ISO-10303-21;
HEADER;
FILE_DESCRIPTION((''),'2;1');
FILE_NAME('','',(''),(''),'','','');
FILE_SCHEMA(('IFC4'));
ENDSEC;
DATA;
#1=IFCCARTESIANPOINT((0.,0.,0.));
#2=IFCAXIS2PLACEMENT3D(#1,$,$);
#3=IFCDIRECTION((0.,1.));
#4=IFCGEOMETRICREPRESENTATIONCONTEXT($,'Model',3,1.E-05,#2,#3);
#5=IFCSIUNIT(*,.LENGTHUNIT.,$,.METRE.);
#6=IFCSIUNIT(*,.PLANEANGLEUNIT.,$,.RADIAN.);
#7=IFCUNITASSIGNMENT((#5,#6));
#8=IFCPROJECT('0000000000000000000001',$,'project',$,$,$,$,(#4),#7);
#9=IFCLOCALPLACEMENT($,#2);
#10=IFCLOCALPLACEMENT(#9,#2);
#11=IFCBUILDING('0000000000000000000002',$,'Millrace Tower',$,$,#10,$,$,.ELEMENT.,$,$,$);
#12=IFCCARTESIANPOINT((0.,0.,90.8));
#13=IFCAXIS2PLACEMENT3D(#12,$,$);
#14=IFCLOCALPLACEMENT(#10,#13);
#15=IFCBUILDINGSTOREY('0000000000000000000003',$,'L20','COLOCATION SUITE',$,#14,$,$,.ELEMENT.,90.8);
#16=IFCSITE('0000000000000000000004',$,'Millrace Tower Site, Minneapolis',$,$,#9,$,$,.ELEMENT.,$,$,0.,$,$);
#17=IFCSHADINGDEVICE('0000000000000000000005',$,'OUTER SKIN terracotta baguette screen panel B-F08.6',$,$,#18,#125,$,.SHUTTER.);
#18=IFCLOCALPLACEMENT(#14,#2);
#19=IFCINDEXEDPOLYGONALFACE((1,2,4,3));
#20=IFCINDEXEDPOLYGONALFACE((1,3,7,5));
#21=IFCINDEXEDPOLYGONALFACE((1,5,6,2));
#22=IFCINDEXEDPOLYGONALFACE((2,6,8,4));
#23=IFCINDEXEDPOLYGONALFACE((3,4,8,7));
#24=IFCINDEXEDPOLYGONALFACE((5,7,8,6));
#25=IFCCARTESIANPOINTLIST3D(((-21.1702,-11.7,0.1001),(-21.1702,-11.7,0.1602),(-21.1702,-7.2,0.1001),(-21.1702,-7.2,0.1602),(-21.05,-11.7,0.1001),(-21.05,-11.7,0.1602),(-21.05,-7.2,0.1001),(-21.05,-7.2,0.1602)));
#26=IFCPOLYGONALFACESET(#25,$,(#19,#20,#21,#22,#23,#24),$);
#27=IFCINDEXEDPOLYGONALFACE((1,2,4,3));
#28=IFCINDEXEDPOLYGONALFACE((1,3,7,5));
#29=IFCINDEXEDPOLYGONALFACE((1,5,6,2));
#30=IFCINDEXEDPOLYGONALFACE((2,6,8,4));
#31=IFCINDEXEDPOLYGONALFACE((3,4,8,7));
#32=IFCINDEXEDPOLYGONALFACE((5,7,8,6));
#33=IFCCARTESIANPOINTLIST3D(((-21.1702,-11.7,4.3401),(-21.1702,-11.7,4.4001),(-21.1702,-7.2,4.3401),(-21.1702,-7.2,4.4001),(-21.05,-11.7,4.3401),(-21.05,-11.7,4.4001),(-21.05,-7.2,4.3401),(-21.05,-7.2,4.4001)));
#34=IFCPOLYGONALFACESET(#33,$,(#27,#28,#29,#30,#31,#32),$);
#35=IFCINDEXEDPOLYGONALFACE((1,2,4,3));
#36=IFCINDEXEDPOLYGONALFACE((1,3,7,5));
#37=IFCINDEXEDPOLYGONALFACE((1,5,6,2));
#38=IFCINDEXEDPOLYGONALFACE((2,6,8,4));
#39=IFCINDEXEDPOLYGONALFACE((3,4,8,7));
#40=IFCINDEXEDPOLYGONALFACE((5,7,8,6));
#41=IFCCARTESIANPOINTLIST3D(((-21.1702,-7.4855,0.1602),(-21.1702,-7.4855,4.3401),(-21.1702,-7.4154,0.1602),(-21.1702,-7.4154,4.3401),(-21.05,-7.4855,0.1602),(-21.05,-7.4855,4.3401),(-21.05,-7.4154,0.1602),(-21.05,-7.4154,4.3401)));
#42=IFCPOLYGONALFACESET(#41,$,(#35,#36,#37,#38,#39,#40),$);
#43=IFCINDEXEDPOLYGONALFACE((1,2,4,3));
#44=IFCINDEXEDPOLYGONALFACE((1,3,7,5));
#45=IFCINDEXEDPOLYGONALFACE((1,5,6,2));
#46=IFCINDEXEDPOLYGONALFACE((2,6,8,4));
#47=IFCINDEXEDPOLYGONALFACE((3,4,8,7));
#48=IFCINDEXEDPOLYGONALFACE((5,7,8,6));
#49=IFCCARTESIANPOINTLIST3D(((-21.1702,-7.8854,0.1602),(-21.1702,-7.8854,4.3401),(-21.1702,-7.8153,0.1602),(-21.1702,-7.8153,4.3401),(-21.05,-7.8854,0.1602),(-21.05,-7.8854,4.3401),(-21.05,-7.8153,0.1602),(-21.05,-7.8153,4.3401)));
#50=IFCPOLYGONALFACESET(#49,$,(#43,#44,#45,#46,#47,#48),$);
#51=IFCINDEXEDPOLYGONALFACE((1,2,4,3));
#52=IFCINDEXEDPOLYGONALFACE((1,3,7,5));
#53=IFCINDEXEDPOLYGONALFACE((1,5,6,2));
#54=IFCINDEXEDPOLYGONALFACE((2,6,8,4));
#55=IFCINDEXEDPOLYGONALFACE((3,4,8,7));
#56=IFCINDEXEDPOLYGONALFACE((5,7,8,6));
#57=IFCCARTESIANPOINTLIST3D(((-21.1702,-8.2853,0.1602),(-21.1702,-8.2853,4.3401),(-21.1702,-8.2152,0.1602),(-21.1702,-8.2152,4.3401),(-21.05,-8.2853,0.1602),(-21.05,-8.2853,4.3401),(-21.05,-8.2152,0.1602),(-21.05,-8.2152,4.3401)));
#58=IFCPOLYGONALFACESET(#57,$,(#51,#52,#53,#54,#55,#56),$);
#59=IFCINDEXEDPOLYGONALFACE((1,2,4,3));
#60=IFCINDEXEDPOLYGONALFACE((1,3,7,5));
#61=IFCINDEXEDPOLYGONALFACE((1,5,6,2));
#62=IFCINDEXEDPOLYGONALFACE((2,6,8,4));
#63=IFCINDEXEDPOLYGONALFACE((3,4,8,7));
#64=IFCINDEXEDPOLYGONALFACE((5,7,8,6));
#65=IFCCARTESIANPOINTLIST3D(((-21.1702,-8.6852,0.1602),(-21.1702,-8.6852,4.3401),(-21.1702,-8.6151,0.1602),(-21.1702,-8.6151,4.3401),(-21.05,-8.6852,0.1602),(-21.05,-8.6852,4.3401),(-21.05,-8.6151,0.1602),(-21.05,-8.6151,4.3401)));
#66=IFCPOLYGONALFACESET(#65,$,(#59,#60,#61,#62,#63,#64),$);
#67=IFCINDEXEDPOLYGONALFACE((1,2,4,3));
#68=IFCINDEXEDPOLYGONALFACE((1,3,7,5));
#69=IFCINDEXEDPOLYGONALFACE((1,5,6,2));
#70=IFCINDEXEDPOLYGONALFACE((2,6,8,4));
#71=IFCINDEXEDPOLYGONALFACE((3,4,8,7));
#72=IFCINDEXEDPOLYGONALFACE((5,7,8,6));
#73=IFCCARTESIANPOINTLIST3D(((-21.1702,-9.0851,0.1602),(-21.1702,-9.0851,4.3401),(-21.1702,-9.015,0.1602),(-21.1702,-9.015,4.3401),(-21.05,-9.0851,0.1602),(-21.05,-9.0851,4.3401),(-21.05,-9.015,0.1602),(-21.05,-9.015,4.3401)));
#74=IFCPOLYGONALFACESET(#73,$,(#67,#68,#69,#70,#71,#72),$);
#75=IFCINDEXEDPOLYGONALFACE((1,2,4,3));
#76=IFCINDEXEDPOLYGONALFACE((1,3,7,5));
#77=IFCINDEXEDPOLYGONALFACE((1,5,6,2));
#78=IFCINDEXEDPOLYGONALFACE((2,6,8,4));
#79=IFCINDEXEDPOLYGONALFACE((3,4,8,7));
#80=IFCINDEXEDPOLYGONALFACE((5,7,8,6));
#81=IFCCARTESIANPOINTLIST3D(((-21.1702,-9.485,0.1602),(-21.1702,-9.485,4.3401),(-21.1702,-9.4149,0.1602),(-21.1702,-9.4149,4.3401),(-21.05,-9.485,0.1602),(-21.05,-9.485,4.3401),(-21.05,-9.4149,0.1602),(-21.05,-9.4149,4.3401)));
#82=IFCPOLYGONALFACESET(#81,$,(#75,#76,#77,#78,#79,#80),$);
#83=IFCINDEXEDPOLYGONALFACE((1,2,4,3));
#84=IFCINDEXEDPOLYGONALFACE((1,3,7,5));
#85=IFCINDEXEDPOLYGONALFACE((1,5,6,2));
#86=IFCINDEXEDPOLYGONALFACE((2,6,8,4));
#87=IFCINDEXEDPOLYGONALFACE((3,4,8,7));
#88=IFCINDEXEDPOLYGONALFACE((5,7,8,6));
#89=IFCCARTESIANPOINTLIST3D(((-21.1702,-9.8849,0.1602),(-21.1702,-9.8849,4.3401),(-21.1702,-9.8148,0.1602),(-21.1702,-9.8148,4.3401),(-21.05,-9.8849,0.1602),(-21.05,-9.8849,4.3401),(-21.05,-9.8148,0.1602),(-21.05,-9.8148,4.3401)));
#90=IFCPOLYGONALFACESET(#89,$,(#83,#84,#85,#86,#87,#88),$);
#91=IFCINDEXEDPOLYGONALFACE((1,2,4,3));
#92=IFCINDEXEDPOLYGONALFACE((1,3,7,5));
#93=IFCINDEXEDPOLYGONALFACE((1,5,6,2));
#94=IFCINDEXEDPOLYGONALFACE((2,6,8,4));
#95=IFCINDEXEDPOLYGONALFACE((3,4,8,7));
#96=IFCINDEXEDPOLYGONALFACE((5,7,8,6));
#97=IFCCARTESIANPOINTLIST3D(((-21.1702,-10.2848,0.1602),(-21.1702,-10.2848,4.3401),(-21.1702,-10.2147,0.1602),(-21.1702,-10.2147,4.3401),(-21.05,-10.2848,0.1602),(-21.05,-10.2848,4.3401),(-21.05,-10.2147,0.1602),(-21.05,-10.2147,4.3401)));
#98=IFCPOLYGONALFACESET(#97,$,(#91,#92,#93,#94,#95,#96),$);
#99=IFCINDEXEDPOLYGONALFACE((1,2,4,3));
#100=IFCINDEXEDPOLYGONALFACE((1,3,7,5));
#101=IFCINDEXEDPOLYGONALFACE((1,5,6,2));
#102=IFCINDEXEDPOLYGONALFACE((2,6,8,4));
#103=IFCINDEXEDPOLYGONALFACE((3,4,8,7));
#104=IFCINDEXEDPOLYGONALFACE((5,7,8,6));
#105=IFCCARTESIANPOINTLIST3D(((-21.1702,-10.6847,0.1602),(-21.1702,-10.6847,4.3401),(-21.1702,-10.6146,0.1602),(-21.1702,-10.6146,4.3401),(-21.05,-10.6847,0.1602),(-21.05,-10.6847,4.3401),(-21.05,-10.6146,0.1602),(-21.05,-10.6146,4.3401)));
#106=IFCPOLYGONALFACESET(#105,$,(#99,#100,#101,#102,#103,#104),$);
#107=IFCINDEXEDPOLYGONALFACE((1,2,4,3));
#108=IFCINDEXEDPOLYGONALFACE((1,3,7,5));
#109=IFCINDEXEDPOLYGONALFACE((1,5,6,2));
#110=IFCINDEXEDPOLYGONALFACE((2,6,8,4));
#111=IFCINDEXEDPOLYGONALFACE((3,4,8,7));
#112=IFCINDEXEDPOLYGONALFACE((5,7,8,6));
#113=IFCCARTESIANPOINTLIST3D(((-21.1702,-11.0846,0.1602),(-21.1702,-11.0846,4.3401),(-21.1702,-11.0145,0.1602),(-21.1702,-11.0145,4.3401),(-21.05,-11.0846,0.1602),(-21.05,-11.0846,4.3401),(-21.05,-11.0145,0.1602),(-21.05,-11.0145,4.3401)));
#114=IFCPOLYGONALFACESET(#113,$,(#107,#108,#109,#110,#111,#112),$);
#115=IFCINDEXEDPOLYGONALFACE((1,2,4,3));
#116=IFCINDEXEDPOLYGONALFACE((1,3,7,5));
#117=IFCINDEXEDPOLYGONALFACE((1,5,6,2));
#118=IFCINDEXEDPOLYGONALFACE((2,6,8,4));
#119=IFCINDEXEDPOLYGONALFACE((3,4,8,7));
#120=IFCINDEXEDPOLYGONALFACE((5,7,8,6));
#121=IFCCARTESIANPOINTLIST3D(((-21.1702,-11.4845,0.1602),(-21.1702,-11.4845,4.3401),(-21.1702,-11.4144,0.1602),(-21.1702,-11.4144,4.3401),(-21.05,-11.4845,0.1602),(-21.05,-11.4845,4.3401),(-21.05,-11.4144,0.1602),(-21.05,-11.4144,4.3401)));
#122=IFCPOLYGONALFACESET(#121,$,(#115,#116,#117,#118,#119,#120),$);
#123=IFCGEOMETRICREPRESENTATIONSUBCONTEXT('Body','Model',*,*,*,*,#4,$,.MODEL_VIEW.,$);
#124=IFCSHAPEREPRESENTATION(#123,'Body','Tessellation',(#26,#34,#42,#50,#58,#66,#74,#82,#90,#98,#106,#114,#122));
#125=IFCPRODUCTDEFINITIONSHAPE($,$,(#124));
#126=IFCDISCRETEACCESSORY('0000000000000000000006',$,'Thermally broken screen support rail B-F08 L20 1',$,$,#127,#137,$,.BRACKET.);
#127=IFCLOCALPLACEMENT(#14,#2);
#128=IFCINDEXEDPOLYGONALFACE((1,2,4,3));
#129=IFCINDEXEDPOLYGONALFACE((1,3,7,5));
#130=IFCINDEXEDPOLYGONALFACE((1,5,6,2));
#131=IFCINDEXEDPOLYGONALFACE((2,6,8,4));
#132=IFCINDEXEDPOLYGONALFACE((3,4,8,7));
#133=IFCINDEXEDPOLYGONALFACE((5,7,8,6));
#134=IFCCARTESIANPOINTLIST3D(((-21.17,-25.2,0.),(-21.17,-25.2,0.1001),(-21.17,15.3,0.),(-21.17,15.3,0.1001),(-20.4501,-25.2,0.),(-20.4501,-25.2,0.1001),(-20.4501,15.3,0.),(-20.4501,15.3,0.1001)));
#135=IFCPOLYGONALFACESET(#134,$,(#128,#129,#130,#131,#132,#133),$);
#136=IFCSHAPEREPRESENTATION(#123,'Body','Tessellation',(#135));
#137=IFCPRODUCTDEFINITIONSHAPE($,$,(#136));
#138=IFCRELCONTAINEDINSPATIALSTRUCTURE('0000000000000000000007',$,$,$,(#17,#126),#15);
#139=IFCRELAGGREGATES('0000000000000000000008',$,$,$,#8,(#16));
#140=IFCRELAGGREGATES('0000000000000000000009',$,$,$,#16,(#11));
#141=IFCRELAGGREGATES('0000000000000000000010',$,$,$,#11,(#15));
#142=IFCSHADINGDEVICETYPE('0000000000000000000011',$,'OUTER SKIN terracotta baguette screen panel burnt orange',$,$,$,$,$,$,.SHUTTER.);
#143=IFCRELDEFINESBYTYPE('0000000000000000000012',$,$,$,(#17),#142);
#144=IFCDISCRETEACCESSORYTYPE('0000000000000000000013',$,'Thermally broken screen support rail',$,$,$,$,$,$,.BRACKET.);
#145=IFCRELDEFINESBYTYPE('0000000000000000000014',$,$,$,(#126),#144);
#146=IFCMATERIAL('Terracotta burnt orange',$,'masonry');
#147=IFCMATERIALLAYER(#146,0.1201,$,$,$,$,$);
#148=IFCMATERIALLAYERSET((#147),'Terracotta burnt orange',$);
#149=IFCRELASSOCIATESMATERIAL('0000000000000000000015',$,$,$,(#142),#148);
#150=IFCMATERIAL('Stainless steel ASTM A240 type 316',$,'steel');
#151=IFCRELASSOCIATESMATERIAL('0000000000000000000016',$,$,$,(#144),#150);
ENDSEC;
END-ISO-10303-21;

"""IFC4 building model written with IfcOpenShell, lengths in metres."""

from ifc_helpers import new_model, entity, si_unit, direction, frame, frame_2d, origin, origin_2d, place, context, subcontext, project, spatial, rectangle, extrude, source, transform, mapped, material, layer, layer_set, type_object, element, save


model = new_model("IFC4")

# Units and contexts
model_context = context("Model", 3, precision=1e-05, world=origin(), true_north=direction((0.0, 1.0)))
body_context = subcontext(model_context, "Body", "Model", "MODEL_VIEW")
ifc_project = project(units=[si_unit("LENGTHUNIT", "METRE"), si_unit("PLANEANGLEUNIT", "RADIAN")], contexts=[model_context])

# Site, building, storey
site_placement = place(None, origin())
site = spatial("IfcSite", under=ifc_project, at=site_placement, Name="Millrace Tower Site, Minneapolis", CompositionType="ELEMENT", RefElevation=0.0)
building_placement = place(site_placement, origin())
building = spatial("IfcBuilding", under=site, at=building_placement, Name="Millrace Tower", CompositionType="ELEMENT")
storey_placement = place(building_placement, frame((0.0, 0.0, 90.8)))
storey = spatial("IfcBuildingStorey", under=building, at=storey_placement, Name="L20", Description="COLOCATION SUITE", CompositionType="ELEMENT", Elevation=90.8)

# Shading device
ifc_material_1 = material(Name="Terracotta burnt orange", Category="masonry")
ifc_layer_1 = layer(ifc_material_1, 0.1201)
ifc_layer_set_1 = layer_set([ifc_layer_1], Name="Terracotta burnt orange")
shading_device_type = type_object("IfcShadingDeviceType", Name="OUTER SKIN terracotta baguette screen panel burnt orange", PredefinedType="SHUTTER", material=ifc_layer_set_1)
cartesian_point = entity("IfcCartesianPoint", [-2.25, 0.0601])
shared_polyline = entity("IfcPolyline", [cartesian_point, entity("IfcCartesianPoint", [2.25, 0.0601]), entity("IfcCartesianPoint", [2.25, -0.0601]), entity("IfcCartesianPoint", [-2.25, -0.0601]), cartesian_point])
shared_shape = source(origin(), body_context, "Body", "SweptSolid", [
    entity("IfcExtrudedAreaSolid", entity("IfcArbitraryClosedProfileDef", "AREA", None, shared_polyline), entity("IfcAxis2Placement3D", entity("IfcCartesianPoint", [0.0, 0.0, 0.0])), entity("IfcDirection", [0.0, 0.0, 1.0]), 0.0601),
    entity("IfcExtrudedAreaSolid", entity("IfcArbitraryClosedProfileDef", "AREA", None, shared_polyline), entity("IfcAxis2Placement3D", entity("IfcCartesianPoint", [0.0, 0.0, 4.24])), entity("IfcDirection", [0.0, 0.0, 1.0]), 0.0601),
    extrude(rectangle(XDim=0.0701, YDim=0.1201, at=frame_2d((-1.9995, 0.0))), frame((0.0, 0.0, 0.0601)), (0.0, 0.0, 1.0), 4.1799),
    extrude(rectangle(XDim=0.0701, YDim=0.1201, at=frame_2d((-1.5996, 0.0))), frame((0.0, 0.0, 0.0601)), (0.0, 0.0, 1.0), 4.1799),
    extrude(rectangle(XDim=0.0701, YDim=0.1201, at=frame_2d((-1.1997, 0.0))), frame((0.0, 0.0, 0.0601)), (0.0, 0.0, 1.0), 4.1799),
    extrude(rectangle(XDim=0.0701, YDim=0.1201, at=frame_2d((-0.7998, 0.0))), frame((0.0, 0.0, 0.0601)), (0.0, 0.0, 1.0), 4.1799),
    extrude(rectangle(XDim=0.0701, YDim=0.1201, at=frame_2d((-0.3999, 0.0))), frame((0.0, 0.0, 0.0601)), (0.0, 0.0, 1.0), 4.1799),
    extrude(rectangle(XDim=0.0701, YDim=0.1201, at=origin_2d()), frame((0.0, 0.0, 0.0601)), (0.0, 0.0, 1.0), 4.1799),
    extrude(rectangle(XDim=0.0701, YDim=0.1201, at=frame_2d((0.3999, 0.0))), frame((0.0, 0.0, 0.0601)), (0.0, 0.0, 1.0), 4.1799),
    extrude(rectangle(XDim=0.0701, YDim=0.1201, at=frame_2d((0.7998, 0.0))), frame((0.0, 0.0, 0.0601)), (0.0, 0.0, 1.0), 4.1799),
    extrude(rectangle(XDim=0.0701, YDim=0.1201, at=frame_2d((1.1997, 0.0))), frame((0.0, 0.0, 0.0601)), (0.0, 0.0, 1.0), 4.1799),
    extrude(rectangle(XDim=0.0701, YDim=0.1201, at=frame_2d((1.5996, 0.0))), frame((0.0, 0.0, 0.0601)), (0.0, 0.0, 1.0), 4.1799),
    extrude(rectangle(XDim=0.0701, YDim=0.1201, at=frame_2d((1.9995, 0.0))), frame((0.0, 0.0, 0.0601)), (0.0, 0.0, 1.0), 4.1799),
])
for number, where, z_axis, x_axis, name in (
    (1, (-21.1101, -9.45, 0.1001), (0.0, 0.0, 1.0), (0.0, -1.0, 0.0), "OUTER SKIN terracotta baguette screen panel B-F08.6"),
):
    element("IfcShadingDevice", number, at=place(storey_placement, frame(where, z_axis=z_axis, x_axis=x_axis)), inside=storey, type_object=shading_device_type, Name=name, PredefinedType="SHUTTER", context=body_context, shape_type="MappedRepresentation", body=[
        mapped(shared_shape, transform((0.0, 0.0, 0.0), scale=1.0)),
    ])

# Discrete accessory
ifc_material_2 = material(Name="Stainless steel ASTM A240 type 316", Category="steel")
discrete_accessory_type = type_object("IfcDiscreteAccessoryType", Name="Thermally broken screen support rail", PredefinedType="BRACKET", material=ifc_material_2)
discrete_accessory_placement = place(storey_placement, frame((-20.8101, -4.95, 0.0), z_axis=(0.0, 0.0, 1.0), x_axis=(0.0, -1.0, 0.0)))
element("IfcDiscreteAccessory", 2, at=discrete_accessory_placement, inside=storey, type_object=discrete_accessory_type, Name="Thermally broken screen support rail B-F08 L20 1", PredefinedType="BRACKET", context=body_context, shape_type="SweptSolid", body=[
    extrude(rectangle(XDim=40.5, YDim=0.72, at=origin_2d()), origin(), (0.0, 0.0, 1.0), 0.1001),
])

save(model, "model.ifc")
